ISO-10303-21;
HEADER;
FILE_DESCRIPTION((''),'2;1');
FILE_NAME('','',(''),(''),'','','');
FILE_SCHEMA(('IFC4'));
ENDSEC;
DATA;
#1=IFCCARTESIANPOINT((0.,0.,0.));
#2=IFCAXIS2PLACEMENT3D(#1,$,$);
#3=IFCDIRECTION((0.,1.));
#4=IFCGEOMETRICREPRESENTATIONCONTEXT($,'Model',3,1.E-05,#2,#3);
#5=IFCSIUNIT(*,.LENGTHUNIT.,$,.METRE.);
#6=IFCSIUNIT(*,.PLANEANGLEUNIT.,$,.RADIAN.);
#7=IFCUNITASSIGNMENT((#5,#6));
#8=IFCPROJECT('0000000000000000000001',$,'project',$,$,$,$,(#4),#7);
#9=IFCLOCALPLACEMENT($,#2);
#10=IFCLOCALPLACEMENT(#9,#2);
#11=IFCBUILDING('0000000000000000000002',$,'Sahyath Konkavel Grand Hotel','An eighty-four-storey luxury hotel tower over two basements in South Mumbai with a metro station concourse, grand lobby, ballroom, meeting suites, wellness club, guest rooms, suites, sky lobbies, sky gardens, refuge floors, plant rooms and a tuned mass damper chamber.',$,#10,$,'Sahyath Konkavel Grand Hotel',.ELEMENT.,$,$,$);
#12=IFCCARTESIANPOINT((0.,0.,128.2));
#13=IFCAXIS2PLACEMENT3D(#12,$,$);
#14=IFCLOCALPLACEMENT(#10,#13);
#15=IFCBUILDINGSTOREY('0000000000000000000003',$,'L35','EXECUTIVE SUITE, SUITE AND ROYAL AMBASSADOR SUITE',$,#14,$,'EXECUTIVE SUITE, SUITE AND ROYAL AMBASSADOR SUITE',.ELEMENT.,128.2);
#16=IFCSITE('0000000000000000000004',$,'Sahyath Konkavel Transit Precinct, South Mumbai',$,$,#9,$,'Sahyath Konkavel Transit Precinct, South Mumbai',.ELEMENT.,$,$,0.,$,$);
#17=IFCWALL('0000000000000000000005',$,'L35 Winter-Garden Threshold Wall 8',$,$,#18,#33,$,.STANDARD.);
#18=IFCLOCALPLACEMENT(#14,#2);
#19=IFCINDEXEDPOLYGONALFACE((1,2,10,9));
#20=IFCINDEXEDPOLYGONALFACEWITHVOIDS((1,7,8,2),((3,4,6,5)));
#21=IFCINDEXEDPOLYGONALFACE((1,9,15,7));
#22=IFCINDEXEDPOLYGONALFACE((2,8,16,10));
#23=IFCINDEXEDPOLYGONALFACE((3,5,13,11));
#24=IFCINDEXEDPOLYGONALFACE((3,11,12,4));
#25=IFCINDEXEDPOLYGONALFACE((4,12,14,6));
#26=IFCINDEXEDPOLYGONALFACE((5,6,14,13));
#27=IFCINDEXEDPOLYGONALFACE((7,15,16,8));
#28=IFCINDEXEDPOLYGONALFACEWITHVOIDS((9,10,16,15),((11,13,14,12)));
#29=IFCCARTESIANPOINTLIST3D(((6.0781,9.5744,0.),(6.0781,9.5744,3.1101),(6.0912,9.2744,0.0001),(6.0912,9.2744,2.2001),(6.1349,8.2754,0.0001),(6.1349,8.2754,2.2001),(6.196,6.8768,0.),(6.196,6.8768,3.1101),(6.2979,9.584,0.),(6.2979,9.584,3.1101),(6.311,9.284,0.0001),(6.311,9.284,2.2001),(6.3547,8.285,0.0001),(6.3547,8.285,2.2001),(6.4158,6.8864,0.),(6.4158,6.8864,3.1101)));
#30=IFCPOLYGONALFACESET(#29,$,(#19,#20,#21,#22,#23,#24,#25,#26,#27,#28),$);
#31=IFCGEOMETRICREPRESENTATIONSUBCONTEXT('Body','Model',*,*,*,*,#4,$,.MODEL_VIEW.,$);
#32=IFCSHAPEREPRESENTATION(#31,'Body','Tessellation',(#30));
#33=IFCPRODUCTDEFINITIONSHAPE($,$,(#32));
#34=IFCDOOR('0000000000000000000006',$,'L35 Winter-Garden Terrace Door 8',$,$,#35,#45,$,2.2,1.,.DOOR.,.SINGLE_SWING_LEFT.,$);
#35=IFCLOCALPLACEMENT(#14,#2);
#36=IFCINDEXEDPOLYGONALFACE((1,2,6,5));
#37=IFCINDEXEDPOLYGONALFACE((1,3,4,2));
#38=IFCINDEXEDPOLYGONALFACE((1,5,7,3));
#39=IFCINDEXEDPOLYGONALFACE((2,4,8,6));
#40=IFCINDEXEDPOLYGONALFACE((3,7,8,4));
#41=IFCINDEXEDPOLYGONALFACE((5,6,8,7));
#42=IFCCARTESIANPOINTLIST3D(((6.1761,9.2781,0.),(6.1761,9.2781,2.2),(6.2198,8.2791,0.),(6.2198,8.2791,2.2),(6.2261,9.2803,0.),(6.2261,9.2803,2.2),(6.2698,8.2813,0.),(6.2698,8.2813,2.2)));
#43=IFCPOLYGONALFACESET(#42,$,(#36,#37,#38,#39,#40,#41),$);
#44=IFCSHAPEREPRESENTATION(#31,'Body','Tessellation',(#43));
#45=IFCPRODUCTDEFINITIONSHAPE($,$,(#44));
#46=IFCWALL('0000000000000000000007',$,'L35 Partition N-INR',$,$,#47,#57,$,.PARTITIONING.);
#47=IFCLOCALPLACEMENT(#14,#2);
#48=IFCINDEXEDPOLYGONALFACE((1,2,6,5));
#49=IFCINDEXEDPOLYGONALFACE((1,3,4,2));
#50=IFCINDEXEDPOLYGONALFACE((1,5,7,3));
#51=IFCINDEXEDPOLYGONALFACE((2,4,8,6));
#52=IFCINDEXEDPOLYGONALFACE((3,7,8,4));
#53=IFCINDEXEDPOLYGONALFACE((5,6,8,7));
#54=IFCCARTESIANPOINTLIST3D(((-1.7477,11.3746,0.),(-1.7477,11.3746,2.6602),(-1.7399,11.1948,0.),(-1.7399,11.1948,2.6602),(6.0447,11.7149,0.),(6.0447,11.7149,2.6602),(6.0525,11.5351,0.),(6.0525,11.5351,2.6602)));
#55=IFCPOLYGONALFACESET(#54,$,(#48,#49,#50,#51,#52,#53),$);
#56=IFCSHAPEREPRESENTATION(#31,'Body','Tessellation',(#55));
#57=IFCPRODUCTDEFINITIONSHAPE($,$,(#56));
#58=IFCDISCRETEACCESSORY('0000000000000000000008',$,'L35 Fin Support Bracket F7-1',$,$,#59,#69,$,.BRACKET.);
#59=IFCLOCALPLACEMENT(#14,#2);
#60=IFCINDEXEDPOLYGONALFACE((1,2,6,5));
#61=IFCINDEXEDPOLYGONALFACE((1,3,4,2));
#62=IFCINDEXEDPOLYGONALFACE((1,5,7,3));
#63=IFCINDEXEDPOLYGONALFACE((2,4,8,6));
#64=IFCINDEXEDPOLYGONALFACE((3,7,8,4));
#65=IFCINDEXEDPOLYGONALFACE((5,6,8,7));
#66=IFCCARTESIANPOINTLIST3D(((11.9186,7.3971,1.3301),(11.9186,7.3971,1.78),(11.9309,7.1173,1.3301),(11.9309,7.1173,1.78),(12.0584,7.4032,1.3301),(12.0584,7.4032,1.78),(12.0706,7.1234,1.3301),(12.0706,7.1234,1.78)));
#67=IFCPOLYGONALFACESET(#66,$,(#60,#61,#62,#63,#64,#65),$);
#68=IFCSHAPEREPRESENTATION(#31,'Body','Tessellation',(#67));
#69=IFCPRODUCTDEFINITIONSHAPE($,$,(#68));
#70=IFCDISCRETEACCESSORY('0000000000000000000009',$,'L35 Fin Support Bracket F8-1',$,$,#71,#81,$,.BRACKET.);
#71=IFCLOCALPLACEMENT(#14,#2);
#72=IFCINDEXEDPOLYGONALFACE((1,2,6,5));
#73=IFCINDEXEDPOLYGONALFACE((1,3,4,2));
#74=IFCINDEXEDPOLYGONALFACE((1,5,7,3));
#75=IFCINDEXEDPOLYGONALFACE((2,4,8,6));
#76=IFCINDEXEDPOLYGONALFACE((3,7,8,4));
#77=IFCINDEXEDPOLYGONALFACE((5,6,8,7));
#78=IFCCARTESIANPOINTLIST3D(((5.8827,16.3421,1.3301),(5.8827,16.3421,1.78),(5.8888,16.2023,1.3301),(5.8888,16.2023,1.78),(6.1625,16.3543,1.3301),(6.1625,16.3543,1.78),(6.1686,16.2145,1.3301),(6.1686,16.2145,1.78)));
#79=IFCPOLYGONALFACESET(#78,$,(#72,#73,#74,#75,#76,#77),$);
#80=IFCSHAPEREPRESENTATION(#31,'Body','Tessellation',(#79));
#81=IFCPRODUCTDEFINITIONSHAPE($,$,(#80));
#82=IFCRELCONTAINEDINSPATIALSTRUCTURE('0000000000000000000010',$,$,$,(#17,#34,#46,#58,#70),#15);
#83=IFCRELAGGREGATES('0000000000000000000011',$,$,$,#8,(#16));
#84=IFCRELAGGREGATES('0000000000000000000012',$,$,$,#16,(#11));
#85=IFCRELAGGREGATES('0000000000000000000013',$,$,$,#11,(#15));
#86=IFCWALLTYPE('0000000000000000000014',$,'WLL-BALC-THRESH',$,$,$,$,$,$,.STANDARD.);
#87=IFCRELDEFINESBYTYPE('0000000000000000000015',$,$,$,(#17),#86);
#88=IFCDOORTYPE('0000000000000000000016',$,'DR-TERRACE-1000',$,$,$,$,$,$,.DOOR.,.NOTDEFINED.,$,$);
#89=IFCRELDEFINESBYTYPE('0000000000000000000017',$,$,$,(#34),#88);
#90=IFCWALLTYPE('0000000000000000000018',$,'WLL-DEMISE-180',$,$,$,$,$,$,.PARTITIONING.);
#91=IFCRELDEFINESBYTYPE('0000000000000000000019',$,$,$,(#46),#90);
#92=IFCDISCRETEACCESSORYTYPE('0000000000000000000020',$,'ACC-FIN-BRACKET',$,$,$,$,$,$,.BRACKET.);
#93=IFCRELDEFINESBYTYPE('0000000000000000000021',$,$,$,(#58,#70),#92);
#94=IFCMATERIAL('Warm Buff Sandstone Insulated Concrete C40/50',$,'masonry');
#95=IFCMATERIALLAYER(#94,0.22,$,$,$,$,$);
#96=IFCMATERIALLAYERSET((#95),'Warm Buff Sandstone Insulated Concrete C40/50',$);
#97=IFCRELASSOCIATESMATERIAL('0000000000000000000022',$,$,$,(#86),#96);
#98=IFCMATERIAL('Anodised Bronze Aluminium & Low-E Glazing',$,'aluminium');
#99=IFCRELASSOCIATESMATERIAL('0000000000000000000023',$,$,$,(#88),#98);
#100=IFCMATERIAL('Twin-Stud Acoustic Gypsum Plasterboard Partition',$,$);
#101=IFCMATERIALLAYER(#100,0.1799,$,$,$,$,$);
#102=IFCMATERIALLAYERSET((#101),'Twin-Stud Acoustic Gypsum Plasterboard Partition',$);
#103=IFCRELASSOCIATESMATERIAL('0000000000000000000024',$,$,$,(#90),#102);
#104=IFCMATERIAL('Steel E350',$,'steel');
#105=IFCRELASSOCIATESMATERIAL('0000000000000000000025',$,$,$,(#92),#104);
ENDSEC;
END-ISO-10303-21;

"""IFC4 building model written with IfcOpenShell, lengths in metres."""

from ifc_helpers import new_model, si_unit, direction, frame, frame_2d, origin, origin_2d, place, context, subcontext, project, spatial, rectangle, extrude, source, transform, mapped, material, layer, layer_set, type_object, element, fill, save


model = new_model("IFC4")

# Units and contexts
model_context = context("Model", 3, precision=1e-05, world=origin(), true_north=direction((0.0, 1.0)))
body_context = subcontext(model_context, "Body", "Model", "MODEL_VIEW")
ifc_project = project(units=[si_unit("LENGTHUNIT", "METRE"), si_unit("PLANEANGLEUNIT", "RADIAN")], contexts=[model_context])

# Site, building, storey
site_placement = place(None, origin())
site = spatial("IfcSite", under=ifc_project, at=site_placement, Name="Sahyath Konkavel Transit Precinct, South Mumbai", LongName="Sahyath Konkavel Transit Precinct, South Mumbai", CompositionType="ELEMENT", RefElevation=0.0)
building_placement = place(site_placement, origin())
building = spatial("IfcBuilding", under=site, at=building_placement, Name="Sahyath Konkavel Grand Hotel", Description="An eighty-four-storey luxury hotel tower over two basements in South Mumbai with a metro station concourse, grand lobby, ballroom, meeting suites, wellness club, guest rooms, suites, sky lobbies, sky gardens, refuge floors, plant rooms and a tuned mass damper chamber.", LongName="Sahyath Konkavel Grand Hotel", CompositionType="ELEMENT")
storey_placement = place(building_placement, frame((0.0, 0.0, 128.2)))
storey = spatial("IfcBuildingStorey", under=building, at=storey_placement, Name="L35", Description="EXECUTIVE SUITE, SUITE AND ROYAL AMBASSADOR SUITE", LongName="EXECUTIVE SUITE, SUITE AND ROYAL AMBASSADOR SUITE", CompositionType="ELEMENT", Elevation=128.2)

# Shared definitions
ifc_material_1 = material(Name="Steel E350", Category="steel")

# Shared definitions
ifc_material_2 = material(Name="Anodised Bronze Aluminium & Low-E Glazing", Category="aluminium")

# Shared definitions
ifc_material_3 = material(Name="Warm Buff Sandstone Insulated Concrete C40/50", Category="masonry")
ifc_layer_1 = layer(ifc_material_3, 0.22)
ifc_layer_set_1 = layer_set([ifc_layer_1], Name="Warm Buff Sandstone Insulated Concrete C40/50")
wall_type_1 = type_object("IfcWallType", Name="WLL-BALC-THRESH", PredefinedType="STANDARD", material=ifc_layer_set_1)

# Wall, opening, door
wall_1_placement = place(storey_placement, frame((6.3059, 6.8816, 0.0), z_axis=(0.0, 0.0, 1.0), x_axis=(-0.043673, 0.999046, 0.0)))
wall_1 = element("IfcWall", 1, at=wall_1_placement, inside=storey, type_object=wall_type_1, Name="L35 Winter-Garden Threshold Wall 8", PredefinedType="STANDARD", context=body_context, shape_type="SweptSolid", body=[
    extrude(rectangle(XDim=2.7002, YDim=0.22, at=frame_2d((1.3501, 0.0))), origin(), (0.0, 0.0, 1.0), 3.1101),
])
opening_placement = place(wall_1_placement, frame((1.3999, 0.0, 0.0)))
opening = element("IfcOpeningElement", 2, at=opening_placement, cuts=wall_1, PredefinedType="OPENING", context=body_context, shape_type="SweptSolid", body=[
    extrude(rectangle(XDim=1.0, YDim=2.2, at=frame_2d((0.5, 1.1001))), frame((0.0, 0.1201, 0.0), z_axis=(0.0, -1.0, 0.0), x_axis=(1.0, 0.0, 0.0)), (0.0, 0.0, 1.0), 0.24),
])
door_type = type_object("IfcDoorType", Name="DR-TERRACE-1000", OperationType="NOTDEFINED", PredefinedType="DOOR", material=ifc_material_2)
shared_shape_1 = source(origin(), body_context, "Body", "SweptSolid", [
    extrude(rectangle(XDim=1.0, YDim=0.05, at=origin_2d()), origin(), (0.0, 0.0, 1.0), 2.2),
])
door_placement = place(opening_placement, frame((0.5, 0.0, 0.0)))
door = element("IfcDoor", 3, at=door_placement, inside=storey, type_object=door_type, Name="L35 Winter-Garden Terrace Door 8", OperationType="SINGLE_SWING_LEFT", OverallHeight=2.2, OverallWidth=1.0, PredefinedType="DOOR", context=body_context, shape_type="MappedRepresentation", body=[
    mapped(shared_shape_1, transform((0.0, 0.0, 0.0), scale=1.0)),
])
fill(opening, door)

# Wall
ifc_material_4 = material(Name="Twin-Stud Acoustic Gypsum Plasterboard Partition")
ifc_layer_2 = layer(ifc_material_4, 0.1799)
ifc_layer_set_2 = layer_set([ifc_layer_2], Name="Twin-Stud Acoustic Gypsum Plasterboard Partition")
wall_type_2 = type_object("IfcWallType", Name="WLL-DEMISE-180", PredefinedType="PARTITIONING", material=ifc_layer_set_2)
wall_2_placement = place(storey_placement, frame((6.0486, 11.625, 0.0), z_axis=(0.0, 0.0, 1.0), x_axis=(-0.999048, -0.043633, 0.0)))
element("IfcWall", 4, at=wall_2_placement, inside=storey, type_object=wall_type_2, Name="L35 Partition N-INR", PredefinedType="PARTITIONING", context=body_context, shape_type="SweptSolid", body=[
    extrude(rectangle(XDim=7.7998, YDim=0.1799, at=frame_2d((3.8999, 0.0))), origin(), (0.0, 0.0, 1.0), 2.6602),
])

# Discrete accessories
discrete_accessory_type = type_object("IfcDiscreteAccessoryType", Name="ACC-FIN-BRACKET", PredefinedType="BRACKET", material=ifc_material_1)
shared_shape_2 = source(origin(), body_context, "Body", "SweptSolid", [
    extrude(rectangle(XDim=0.28, YDim=0.1399, at=origin_2d()), origin(), (0.0, 0.0, 1.0), 0.45),
])
for number, where, z_axis, x_axis, name in (
    (5, (11.9946, 7.2603, 1.3301), (0.0, 0.0, 1.0), (-0.043619, 0.999048, 0.0), "L35 Fin Support Bracket F7-1"),
    (6, (6.0256, 16.2783, 1.3301), (0.0, 0.0, 1.0), (0.999048, 0.043619, 0.0), "L35 Fin Support Bracket F8-1"),
):
    element("IfcDiscreteAccessory", number, at=place(storey_placement, frame(where, z_axis=z_axis, x_axis=x_axis)), inside=storey, type_object=discrete_accessory_type, Name=name, PredefinedType="BRACKET", context=body_context, shape_type="MappedRepresentation", body=[
        mapped(shared_shape_2, transform((0.0, 0.0, 0.0), scale=1.0)),
    ])

save(model, "model.ifc")
